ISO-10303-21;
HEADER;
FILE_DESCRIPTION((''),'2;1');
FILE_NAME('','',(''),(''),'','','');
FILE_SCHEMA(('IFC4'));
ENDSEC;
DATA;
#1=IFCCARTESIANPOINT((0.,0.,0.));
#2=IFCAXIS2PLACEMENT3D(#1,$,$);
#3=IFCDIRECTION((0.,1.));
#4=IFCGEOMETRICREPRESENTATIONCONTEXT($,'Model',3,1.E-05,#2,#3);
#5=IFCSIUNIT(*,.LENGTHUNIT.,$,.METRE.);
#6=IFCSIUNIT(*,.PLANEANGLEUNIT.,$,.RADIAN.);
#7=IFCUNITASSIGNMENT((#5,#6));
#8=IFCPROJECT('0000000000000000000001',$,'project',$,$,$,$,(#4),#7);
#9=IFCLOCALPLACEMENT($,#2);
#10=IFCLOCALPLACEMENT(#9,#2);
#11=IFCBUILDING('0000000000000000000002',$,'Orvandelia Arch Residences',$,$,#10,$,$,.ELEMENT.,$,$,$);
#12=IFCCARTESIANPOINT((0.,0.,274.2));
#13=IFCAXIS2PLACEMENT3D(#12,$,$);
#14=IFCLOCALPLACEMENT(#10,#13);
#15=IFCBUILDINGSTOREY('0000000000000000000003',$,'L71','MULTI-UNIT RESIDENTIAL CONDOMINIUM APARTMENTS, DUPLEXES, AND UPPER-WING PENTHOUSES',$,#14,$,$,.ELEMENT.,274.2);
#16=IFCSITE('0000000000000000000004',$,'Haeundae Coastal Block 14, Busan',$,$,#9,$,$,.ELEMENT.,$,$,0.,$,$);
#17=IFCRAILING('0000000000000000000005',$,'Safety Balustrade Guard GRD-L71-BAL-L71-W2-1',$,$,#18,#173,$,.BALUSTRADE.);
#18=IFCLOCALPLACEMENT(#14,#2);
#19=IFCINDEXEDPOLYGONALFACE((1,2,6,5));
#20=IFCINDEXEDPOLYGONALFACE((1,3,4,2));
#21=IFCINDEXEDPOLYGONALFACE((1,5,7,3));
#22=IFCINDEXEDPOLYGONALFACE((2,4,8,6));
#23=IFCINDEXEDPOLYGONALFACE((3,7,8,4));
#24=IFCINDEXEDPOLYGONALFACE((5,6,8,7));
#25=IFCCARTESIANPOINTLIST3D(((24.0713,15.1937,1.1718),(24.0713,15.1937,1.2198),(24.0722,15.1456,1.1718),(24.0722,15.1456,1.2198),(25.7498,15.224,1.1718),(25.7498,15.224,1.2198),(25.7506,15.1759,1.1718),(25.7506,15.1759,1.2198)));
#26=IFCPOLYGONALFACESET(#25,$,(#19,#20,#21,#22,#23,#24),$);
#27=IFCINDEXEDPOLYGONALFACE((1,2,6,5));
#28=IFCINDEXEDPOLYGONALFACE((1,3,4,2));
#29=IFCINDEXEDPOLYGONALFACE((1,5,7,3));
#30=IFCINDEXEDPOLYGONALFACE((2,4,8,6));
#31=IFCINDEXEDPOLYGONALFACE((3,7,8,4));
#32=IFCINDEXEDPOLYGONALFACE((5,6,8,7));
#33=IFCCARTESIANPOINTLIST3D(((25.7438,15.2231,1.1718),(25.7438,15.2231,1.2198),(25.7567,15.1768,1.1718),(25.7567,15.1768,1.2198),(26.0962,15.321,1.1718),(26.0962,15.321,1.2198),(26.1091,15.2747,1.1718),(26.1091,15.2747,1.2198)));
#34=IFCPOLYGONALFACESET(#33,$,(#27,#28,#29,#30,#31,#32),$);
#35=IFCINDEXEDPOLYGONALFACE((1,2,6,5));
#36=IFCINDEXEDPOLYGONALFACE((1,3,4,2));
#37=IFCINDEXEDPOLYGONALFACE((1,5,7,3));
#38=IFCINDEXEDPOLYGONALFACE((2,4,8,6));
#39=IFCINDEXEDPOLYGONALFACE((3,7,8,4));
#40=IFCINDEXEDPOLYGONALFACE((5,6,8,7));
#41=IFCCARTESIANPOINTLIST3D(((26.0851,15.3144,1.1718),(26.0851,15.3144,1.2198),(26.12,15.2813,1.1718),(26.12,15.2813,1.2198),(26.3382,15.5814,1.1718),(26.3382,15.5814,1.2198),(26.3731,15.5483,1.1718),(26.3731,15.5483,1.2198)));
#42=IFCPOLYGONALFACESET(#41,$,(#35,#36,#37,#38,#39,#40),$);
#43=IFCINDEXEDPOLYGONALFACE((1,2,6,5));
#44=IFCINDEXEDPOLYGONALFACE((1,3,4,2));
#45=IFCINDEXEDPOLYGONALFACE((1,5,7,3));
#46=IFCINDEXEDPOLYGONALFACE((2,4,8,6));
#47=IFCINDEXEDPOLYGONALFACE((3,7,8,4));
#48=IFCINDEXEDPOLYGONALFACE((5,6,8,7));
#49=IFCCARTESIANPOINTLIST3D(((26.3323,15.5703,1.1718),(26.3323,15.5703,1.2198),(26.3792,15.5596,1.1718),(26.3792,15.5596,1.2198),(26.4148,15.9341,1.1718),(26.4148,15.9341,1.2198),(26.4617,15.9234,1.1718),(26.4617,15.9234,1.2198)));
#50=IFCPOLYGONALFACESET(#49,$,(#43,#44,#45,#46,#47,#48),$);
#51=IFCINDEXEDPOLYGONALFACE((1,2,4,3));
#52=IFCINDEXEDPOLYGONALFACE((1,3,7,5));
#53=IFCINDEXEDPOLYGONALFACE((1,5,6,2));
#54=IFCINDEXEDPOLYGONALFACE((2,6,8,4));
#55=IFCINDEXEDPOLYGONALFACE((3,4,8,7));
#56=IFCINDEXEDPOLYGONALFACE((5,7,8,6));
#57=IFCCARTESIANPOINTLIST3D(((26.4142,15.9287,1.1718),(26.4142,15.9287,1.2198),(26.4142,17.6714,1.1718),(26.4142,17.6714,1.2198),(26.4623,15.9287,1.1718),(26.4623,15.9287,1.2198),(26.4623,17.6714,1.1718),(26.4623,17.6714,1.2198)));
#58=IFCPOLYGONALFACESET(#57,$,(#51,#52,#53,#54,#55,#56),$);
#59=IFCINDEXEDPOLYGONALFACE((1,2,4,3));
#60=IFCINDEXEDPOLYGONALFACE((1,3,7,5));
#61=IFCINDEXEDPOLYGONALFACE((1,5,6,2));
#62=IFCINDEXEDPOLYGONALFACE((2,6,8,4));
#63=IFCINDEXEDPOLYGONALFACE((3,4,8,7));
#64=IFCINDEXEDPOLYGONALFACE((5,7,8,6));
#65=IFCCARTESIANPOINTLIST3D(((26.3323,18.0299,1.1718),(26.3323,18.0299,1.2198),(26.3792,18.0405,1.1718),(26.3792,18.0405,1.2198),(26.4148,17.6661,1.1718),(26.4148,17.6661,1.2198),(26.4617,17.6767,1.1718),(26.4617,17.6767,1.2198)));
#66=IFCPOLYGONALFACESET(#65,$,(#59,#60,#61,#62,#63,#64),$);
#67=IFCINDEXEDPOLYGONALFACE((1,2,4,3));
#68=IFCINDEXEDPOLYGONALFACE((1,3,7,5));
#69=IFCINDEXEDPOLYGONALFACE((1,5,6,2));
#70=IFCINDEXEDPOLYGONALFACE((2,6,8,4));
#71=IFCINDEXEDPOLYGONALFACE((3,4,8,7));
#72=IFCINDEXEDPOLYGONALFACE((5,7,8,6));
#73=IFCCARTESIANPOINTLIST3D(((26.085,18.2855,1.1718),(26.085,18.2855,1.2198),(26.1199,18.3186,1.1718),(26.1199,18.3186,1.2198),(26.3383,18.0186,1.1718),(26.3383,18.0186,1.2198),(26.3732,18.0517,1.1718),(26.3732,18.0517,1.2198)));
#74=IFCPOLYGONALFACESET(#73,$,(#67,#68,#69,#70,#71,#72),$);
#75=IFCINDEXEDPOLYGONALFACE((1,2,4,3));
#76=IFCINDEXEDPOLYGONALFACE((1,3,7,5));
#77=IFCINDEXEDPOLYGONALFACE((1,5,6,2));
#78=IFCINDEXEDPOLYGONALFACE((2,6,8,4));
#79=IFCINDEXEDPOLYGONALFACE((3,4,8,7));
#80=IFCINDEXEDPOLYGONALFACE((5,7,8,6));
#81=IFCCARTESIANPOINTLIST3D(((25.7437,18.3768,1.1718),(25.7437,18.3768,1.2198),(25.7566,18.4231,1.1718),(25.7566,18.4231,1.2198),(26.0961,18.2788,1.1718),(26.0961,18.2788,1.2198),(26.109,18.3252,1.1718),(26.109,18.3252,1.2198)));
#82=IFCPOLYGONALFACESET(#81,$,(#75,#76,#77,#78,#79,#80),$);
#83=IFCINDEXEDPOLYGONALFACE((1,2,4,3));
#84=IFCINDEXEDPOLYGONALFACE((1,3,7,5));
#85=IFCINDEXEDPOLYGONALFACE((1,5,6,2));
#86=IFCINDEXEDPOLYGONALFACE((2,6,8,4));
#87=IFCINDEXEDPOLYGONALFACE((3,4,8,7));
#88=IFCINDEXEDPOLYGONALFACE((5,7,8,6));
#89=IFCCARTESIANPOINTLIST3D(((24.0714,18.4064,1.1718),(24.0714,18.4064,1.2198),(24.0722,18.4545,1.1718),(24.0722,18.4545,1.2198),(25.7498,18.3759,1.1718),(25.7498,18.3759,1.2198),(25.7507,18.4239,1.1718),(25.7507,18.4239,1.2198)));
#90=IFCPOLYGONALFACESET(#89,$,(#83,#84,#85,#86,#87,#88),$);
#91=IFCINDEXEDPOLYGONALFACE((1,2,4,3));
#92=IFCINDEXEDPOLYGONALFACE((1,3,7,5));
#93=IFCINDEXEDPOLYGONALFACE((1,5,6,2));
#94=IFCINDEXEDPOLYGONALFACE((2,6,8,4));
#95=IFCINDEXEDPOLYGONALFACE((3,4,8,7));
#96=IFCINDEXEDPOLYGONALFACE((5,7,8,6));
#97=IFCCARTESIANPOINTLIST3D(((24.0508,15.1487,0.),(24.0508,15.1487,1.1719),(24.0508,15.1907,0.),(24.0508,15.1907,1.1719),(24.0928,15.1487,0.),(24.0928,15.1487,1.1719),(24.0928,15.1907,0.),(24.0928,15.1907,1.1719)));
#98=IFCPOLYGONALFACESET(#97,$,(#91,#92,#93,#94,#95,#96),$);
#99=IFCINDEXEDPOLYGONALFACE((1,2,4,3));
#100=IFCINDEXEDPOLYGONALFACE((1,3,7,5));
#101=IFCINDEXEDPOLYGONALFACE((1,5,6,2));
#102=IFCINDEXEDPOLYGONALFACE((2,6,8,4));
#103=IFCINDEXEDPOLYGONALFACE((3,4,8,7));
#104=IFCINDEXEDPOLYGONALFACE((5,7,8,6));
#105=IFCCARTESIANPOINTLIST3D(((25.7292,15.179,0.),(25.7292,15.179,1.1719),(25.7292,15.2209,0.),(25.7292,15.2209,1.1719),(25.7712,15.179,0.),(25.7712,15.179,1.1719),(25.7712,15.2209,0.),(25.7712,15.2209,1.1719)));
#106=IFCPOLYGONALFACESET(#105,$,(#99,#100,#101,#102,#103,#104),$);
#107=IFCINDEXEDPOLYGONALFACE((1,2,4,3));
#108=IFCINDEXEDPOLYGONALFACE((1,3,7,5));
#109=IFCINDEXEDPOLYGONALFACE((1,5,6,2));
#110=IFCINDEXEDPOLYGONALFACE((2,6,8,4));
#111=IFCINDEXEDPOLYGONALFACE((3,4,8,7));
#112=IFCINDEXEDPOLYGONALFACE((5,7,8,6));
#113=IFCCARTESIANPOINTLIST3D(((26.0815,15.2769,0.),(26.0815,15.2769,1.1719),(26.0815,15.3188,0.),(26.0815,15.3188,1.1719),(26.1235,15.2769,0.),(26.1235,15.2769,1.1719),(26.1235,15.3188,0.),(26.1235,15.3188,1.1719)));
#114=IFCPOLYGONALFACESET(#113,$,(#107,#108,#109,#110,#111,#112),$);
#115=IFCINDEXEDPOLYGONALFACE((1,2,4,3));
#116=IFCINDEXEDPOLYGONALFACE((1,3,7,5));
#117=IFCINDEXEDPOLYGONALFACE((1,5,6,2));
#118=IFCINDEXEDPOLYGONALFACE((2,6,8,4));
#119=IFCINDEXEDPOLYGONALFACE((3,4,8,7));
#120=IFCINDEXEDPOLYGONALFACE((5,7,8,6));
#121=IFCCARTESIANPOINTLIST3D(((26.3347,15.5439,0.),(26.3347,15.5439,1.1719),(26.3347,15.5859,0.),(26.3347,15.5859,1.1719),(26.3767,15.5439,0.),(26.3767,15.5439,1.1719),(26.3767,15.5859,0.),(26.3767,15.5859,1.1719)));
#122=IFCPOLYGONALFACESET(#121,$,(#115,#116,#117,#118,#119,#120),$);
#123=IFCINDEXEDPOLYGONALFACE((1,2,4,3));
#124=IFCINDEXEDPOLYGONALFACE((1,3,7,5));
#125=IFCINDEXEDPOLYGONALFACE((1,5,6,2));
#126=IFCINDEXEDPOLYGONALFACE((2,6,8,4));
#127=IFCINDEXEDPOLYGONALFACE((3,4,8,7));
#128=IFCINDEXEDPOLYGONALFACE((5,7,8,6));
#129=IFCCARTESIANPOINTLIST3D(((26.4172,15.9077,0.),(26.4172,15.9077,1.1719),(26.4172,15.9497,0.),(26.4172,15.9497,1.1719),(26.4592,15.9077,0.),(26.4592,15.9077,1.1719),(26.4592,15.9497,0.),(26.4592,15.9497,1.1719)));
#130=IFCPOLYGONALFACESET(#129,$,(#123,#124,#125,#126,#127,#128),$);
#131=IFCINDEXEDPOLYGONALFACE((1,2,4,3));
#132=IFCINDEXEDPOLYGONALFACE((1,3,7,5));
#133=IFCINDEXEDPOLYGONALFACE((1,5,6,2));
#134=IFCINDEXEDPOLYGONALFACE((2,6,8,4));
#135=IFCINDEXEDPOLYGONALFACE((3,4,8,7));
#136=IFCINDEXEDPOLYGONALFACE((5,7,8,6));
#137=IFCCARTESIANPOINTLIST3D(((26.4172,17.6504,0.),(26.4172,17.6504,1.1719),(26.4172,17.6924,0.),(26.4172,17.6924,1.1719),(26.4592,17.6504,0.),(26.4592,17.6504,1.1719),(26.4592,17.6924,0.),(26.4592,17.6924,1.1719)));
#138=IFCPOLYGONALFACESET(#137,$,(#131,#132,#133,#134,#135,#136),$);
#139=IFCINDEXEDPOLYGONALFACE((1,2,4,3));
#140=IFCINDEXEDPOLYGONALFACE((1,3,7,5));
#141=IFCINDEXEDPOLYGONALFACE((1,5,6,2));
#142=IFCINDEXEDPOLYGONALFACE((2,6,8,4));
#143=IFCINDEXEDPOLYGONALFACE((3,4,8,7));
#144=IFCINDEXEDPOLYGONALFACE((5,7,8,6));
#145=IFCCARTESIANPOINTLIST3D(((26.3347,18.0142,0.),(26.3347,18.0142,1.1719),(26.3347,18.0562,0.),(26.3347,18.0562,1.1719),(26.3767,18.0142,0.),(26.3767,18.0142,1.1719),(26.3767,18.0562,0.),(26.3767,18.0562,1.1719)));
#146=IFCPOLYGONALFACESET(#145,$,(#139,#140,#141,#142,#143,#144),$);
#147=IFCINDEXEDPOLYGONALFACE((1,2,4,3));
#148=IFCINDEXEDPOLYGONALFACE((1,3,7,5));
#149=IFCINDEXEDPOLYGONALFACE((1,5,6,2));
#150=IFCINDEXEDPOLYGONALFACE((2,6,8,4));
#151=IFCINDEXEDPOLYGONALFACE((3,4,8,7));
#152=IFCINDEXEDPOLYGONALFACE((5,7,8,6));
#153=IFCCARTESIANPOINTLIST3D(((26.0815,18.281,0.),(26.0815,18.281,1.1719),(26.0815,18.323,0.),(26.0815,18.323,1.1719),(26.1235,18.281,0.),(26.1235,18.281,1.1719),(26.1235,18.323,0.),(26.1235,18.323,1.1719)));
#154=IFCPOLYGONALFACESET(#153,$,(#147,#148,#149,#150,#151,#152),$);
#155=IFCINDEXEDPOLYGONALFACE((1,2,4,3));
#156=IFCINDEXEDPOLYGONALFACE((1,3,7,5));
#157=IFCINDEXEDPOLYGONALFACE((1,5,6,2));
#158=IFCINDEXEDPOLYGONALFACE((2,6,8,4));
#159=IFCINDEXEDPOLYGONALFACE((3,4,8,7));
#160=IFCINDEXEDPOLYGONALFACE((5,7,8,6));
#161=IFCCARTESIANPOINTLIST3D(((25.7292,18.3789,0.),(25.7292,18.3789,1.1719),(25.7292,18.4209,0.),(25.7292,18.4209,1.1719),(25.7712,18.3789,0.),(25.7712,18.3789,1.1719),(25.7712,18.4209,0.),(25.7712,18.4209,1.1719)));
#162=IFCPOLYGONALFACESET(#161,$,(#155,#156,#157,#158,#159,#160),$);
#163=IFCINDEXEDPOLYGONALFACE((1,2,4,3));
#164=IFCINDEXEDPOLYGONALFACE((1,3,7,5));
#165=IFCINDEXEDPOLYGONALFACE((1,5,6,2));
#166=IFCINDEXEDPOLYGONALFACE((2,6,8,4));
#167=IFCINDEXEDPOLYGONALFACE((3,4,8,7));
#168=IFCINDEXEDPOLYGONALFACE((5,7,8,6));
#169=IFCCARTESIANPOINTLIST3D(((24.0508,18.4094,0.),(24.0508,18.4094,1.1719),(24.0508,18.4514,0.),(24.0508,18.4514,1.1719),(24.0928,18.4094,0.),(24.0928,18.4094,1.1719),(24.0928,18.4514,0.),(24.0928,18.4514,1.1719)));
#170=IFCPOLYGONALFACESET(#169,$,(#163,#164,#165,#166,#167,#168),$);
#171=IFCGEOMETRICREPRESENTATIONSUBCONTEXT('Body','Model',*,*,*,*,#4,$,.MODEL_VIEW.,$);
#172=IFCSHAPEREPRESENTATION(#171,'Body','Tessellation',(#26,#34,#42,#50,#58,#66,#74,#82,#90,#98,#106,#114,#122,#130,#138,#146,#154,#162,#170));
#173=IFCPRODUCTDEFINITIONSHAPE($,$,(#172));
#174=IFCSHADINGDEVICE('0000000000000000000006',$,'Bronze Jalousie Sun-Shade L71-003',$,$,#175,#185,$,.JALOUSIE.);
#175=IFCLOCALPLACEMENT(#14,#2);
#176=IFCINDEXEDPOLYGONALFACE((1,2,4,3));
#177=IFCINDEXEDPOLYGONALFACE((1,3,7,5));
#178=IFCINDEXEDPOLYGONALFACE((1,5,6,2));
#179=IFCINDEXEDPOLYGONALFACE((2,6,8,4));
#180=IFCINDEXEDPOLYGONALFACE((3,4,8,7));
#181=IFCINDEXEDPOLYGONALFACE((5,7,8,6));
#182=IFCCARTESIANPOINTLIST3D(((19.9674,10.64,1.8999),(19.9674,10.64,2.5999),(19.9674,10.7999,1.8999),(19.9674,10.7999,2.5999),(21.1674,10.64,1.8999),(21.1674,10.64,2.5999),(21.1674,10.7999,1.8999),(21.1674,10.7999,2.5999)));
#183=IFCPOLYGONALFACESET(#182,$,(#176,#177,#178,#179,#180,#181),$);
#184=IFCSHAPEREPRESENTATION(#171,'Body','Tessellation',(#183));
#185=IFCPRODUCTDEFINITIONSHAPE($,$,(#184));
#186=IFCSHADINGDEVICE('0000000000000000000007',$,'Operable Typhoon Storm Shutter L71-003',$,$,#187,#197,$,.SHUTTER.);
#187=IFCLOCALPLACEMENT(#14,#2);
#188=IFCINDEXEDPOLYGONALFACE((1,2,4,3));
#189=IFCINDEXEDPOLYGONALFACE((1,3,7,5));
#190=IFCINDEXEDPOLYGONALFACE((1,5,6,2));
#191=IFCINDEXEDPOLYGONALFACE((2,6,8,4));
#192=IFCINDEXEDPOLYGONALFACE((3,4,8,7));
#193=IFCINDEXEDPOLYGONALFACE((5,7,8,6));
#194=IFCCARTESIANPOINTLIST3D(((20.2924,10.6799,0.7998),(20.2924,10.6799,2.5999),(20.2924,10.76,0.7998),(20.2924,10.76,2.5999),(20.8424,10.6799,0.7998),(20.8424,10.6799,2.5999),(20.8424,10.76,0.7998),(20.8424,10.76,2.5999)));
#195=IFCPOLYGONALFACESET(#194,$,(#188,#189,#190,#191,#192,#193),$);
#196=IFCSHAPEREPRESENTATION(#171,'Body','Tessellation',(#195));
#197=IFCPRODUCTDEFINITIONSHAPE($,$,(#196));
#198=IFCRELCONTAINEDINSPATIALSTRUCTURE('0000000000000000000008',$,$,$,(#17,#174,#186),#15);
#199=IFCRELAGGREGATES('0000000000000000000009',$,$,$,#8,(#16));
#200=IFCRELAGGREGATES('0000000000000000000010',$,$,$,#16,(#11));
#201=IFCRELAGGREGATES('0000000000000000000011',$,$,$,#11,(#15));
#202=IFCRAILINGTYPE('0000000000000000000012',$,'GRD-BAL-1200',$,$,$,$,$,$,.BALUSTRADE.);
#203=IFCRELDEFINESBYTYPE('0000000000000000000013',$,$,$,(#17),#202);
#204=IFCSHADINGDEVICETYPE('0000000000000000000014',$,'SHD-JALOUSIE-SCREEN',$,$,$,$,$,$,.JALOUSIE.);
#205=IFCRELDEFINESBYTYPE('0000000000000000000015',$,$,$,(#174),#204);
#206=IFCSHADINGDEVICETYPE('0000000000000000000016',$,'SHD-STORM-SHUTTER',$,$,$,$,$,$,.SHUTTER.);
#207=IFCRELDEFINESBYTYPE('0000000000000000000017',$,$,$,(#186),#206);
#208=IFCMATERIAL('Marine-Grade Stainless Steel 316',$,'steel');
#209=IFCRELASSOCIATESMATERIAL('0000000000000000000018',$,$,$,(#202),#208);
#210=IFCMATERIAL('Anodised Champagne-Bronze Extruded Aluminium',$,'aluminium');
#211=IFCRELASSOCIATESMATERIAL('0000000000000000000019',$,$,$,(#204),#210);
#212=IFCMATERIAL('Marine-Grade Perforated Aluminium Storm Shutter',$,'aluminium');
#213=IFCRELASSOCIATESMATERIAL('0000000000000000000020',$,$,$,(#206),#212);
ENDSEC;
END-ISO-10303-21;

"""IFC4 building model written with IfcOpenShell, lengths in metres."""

from ifc_helpers import new_model, si_unit, direction, frame, origin, origin_2d, place, context, subcontext, project, spatial, rectangle, extrude, material, type_object, element, save


model = new_model("IFC4")

# Units and contexts
model_context = context("Model", 3, precision=1e-05, world=origin(), true_north=direction((0.0, 1.0)))
body_context = subcontext(model_context, "Body", "Model", "MODEL_VIEW")
ifc_project = project(units=[si_unit("LENGTHUNIT", "METRE"), si_unit("PLANEANGLEUNIT", "RADIAN")], contexts=[model_context])

# Site, building, storey
site_placement = place(None, origin())
site = spatial("IfcSite", under=ifc_project, at=site_placement, Name="Haeundae Coastal Block 14, Busan", CompositionType="ELEMENT", RefElevation=0.0)
building_placement = place(site_placement, origin())
building = spatial("IfcBuilding", under=site, at=building_placement, Name="Orvandelia Arch Residences", CompositionType="ELEMENT")
storey_placement = place(building_placement, frame((0.0, 0.0, 274.2)))
storey = spatial("IfcBuildingStorey", under=building, at=storey_placement, Name="L71", Description="MULTI-UNIT RESIDENTIAL CONDOMINIUM APARTMENTS, DUPLEXES, AND UPPER-WING PENTHOUSES", CompositionType="ELEMENT", Elevation=274.2)

# Railing
ifc_material_1 = material(Name="Marine-Grade Stainless Steel 316", Category="steel")
railing_type = type_object("IfcRailingType", Name="GRD-BAL-1200", PredefinedType="BALUSTRADE", material=ifc_material_1)
railing_placement = place(storey_placement, frame((24.0718, 15.1697, 0.0)))
element("IfcRailing", 1, at=railing_placement, inside=storey, type_object=railing_type, Name="Safety Balustrade Guard GRD-L71-BAL-L71-W2-1", PredefinedType="BALUSTRADE", context=body_context, shape_type="SweptSolid", body=[
    extrude(rectangle(XDim=0.0481, YDim=0.0481, at=origin_2d()), frame((0.0, 0.0, 1.1958), z_axis=(0.999837, 0.018033, 0.0), x_axis=(-0.018033, 0.999837, 0.0)), (0.0, 0.0, 1.0), 1.6787),
    extrude(rectangle(XDim=0.0481, YDim=0.0481, at=origin_2d()), frame((1.6785, 0.0303, 1.1958), z_axis=(0.963489, 0.267747, 0.0), x_axis=(-0.267747, 0.963489, 0.0)), (0.0, 0.0, 1.0), 0.3657),
    extrude(rectangle(XDim=0.0481, YDim=0.0481, at=origin_2d()), frame((2.0308, 0.1282, 1.1958), z_axis=(0.687947, 0.725761, 0.0), x_axis=(-0.725761, 0.687947, 0.0)), (0.0, 0.0, 1.0), 0.3679),
    extrude(rectangle(XDim=0.0481, YDim=0.0481, at=origin_2d()), frame((2.2839, 0.3953, 1.1958), z_axis=(0.221225, 0.975223, 0.0), x_axis=(-0.975223, 0.221225, 0.0)), (0.0, 0.0, 1.0), 0.373),
    extrude(rectangle(XDim=0.0481, YDim=0.0481, at=origin_2d()), frame((2.3665, 0.759, 1.1958), z_axis=(0.0, 1.0, 0.0), x_axis=(-1.0, 0.0, 0.0)), (0.0, 0.0, 1.0), 1.7427),
    extrude(rectangle(XDim=0.0481, YDim=0.0481, at=origin_2d()), frame((2.3665, 2.5017, 1.1958), z_axis=(-0.221225, 0.975223, 0.0), x_axis=(-0.975223, -0.221225, 0.0)), (0.0, 0.0, 1.0), 0.373),
    extrude(rectangle(XDim=0.0481, YDim=0.0481, at=origin_2d()), frame((2.2839, 2.8655, 1.1958), z_axis=(-0.688278, 0.725447, 0.0), x_axis=(-0.725447, -0.688278, 0.0)), (0.0, 0.0, 1.0), 0.3679),
    extrude(rectangle(XDim=0.0481, YDim=0.0481, at=origin_2d()), frame((2.0308, 3.1323, 1.1958), z_axis=(-0.963489, 0.267747, 0.0), x_axis=(-0.267747, -0.963489, 0.0)), (0.0, 0.0, 1.0), 0.3657),
    extrude(rectangle(XDim=0.0481, YDim=0.0481, at=origin_2d()), frame((1.6785, 3.2302, 1.1958), z_axis=(-0.999835, 0.018179, 0.0), x_axis=(-0.018179, -0.999835, 0.0)), (0.0, 0.0, 1.0), 1.6787),
    extrude(rectangle(XDim=0.042, YDim=0.042, at=origin_2d()), origin(), (0.0, 0.0, 1.0), 1.1719),
    extrude(rectangle(XDim=0.042, YDim=0.042, at=origin_2d()), frame((1.6785, 0.0303, 0.0)), (0.0, 0.0, 1.0), 1.1719),
    extrude(rectangle(XDim=0.042, YDim=0.042, at=origin_2d()), frame((2.0308, 0.1282, 0.0)), (0.0, 0.0, 1.0), 1.1719),
    extrude(rectangle(XDim=0.042, YDim=0.042, at=origin_2d()), frame((2.2839, 0.3953, 0.0)), (0.0, 0.0, 1.0), 1.1719),
    extrude(rectangle(XDim=0.042, YDim=0.042, at=origin_2d()), frame((2.3665, 0.759, 0.0)), (0.0, 0.0, 1.0), 1.1719),
    extrude(rectangle(XDim=0.042, YDim=0.042, at=origin_2d()), frame((2.3665, 2.5017, 0.0)), (0.0, 0.0, 1.0), 1.1719),
    extrude(rectangle(XDim=0.042, YDim=0.042, at=origin_2d()), frame((2.2839, 2.8655, 0.0)), (0.0, 0.0, 1.0), 1.1719),
    extrude(rectangle(XDim=0.042, YDim=0.042, at=origin_2d()), frame((2.0308, 3.1323, 0.0)), (0.0, 0.0, 1.0), 1.1719),
    extrude(rectangle(XDim=0.042, YDim=0.042, at=origin_2d()), frame((1.6785, 3.2302, 0.0)), (0.0, 0.0, 1.0), 1.1719),
    extrude(rectangle(XDim=0.042, YDim=0.042, at=origin_2d()), frame((0.0, 3.2607, 0.0)), (0.0, 0.0, 1.0), 1.1719),
])

# Shading devices
ifc_material_2 = material(Name="Anodised Champagne-Bronze Extruded Aluminium", Category="aluminium")
shading_device_type_1 = type_object("IfcShadingDeviceType", Name="SHD-JALOUSIE-SCREEN", PredefinedType="JALOUSIE", material=ifc_material_2)
shading_device_1_placement = place(storey_placement, frame((20.5674, 10.72, 1.8999), z_axis=(0.0, 0.0, 1.0), x_axis=(-1.0, 0.0, 0.0)))
element("IfcShadingDevice", 2, at=shading_device_1_placement, inside=storey, type_object=shading_device_type_1, Name="Bronze Jalousie Sun-Shade L71-003", PredefinedType="JALOUSIE", context=body_context, shape_type="SweptSolid", body=[
    extrude(rectangle(XDim=1.2, YDim=0.1599, at=origin_2d()), origin(), (0.0, 0.0, 1.0), 0.7),
])
ifc_material_3 = material(Name="Marine-Grade Perforated Aluminium Storm Shutter", Category="aluminium")
shading_device_type_2 = type_object("IfcShadingDeviceType", Name="SHD-STORM-SHUTTER", PredefinedType="SHUTTER", material=ifc_material_3)
shading_device_2_placement = place(storey_placement, frame((20.5674, 10.72, 0.7998), z_axis=(0.0, 0.0, 1.0), x_axis=(-1.0, 0.0, 0.0)))
element("IfcShadingDevice", 3, at=shading_device_2_placement, inside=storey, type_object=shading_device_type_2, Name="Operable Typhoon Storm Shutter L71-003", PredefinedType="SHUTTER", context=body_context, shape_type="SweptSolid", body=[
    extrude(rectangle(XDim=0.55, YDim=0.0801, at=origin_2d()), origin(), (0.0, 0.0, 1.0), 1.8),
])

save(model, "model.ifc")
